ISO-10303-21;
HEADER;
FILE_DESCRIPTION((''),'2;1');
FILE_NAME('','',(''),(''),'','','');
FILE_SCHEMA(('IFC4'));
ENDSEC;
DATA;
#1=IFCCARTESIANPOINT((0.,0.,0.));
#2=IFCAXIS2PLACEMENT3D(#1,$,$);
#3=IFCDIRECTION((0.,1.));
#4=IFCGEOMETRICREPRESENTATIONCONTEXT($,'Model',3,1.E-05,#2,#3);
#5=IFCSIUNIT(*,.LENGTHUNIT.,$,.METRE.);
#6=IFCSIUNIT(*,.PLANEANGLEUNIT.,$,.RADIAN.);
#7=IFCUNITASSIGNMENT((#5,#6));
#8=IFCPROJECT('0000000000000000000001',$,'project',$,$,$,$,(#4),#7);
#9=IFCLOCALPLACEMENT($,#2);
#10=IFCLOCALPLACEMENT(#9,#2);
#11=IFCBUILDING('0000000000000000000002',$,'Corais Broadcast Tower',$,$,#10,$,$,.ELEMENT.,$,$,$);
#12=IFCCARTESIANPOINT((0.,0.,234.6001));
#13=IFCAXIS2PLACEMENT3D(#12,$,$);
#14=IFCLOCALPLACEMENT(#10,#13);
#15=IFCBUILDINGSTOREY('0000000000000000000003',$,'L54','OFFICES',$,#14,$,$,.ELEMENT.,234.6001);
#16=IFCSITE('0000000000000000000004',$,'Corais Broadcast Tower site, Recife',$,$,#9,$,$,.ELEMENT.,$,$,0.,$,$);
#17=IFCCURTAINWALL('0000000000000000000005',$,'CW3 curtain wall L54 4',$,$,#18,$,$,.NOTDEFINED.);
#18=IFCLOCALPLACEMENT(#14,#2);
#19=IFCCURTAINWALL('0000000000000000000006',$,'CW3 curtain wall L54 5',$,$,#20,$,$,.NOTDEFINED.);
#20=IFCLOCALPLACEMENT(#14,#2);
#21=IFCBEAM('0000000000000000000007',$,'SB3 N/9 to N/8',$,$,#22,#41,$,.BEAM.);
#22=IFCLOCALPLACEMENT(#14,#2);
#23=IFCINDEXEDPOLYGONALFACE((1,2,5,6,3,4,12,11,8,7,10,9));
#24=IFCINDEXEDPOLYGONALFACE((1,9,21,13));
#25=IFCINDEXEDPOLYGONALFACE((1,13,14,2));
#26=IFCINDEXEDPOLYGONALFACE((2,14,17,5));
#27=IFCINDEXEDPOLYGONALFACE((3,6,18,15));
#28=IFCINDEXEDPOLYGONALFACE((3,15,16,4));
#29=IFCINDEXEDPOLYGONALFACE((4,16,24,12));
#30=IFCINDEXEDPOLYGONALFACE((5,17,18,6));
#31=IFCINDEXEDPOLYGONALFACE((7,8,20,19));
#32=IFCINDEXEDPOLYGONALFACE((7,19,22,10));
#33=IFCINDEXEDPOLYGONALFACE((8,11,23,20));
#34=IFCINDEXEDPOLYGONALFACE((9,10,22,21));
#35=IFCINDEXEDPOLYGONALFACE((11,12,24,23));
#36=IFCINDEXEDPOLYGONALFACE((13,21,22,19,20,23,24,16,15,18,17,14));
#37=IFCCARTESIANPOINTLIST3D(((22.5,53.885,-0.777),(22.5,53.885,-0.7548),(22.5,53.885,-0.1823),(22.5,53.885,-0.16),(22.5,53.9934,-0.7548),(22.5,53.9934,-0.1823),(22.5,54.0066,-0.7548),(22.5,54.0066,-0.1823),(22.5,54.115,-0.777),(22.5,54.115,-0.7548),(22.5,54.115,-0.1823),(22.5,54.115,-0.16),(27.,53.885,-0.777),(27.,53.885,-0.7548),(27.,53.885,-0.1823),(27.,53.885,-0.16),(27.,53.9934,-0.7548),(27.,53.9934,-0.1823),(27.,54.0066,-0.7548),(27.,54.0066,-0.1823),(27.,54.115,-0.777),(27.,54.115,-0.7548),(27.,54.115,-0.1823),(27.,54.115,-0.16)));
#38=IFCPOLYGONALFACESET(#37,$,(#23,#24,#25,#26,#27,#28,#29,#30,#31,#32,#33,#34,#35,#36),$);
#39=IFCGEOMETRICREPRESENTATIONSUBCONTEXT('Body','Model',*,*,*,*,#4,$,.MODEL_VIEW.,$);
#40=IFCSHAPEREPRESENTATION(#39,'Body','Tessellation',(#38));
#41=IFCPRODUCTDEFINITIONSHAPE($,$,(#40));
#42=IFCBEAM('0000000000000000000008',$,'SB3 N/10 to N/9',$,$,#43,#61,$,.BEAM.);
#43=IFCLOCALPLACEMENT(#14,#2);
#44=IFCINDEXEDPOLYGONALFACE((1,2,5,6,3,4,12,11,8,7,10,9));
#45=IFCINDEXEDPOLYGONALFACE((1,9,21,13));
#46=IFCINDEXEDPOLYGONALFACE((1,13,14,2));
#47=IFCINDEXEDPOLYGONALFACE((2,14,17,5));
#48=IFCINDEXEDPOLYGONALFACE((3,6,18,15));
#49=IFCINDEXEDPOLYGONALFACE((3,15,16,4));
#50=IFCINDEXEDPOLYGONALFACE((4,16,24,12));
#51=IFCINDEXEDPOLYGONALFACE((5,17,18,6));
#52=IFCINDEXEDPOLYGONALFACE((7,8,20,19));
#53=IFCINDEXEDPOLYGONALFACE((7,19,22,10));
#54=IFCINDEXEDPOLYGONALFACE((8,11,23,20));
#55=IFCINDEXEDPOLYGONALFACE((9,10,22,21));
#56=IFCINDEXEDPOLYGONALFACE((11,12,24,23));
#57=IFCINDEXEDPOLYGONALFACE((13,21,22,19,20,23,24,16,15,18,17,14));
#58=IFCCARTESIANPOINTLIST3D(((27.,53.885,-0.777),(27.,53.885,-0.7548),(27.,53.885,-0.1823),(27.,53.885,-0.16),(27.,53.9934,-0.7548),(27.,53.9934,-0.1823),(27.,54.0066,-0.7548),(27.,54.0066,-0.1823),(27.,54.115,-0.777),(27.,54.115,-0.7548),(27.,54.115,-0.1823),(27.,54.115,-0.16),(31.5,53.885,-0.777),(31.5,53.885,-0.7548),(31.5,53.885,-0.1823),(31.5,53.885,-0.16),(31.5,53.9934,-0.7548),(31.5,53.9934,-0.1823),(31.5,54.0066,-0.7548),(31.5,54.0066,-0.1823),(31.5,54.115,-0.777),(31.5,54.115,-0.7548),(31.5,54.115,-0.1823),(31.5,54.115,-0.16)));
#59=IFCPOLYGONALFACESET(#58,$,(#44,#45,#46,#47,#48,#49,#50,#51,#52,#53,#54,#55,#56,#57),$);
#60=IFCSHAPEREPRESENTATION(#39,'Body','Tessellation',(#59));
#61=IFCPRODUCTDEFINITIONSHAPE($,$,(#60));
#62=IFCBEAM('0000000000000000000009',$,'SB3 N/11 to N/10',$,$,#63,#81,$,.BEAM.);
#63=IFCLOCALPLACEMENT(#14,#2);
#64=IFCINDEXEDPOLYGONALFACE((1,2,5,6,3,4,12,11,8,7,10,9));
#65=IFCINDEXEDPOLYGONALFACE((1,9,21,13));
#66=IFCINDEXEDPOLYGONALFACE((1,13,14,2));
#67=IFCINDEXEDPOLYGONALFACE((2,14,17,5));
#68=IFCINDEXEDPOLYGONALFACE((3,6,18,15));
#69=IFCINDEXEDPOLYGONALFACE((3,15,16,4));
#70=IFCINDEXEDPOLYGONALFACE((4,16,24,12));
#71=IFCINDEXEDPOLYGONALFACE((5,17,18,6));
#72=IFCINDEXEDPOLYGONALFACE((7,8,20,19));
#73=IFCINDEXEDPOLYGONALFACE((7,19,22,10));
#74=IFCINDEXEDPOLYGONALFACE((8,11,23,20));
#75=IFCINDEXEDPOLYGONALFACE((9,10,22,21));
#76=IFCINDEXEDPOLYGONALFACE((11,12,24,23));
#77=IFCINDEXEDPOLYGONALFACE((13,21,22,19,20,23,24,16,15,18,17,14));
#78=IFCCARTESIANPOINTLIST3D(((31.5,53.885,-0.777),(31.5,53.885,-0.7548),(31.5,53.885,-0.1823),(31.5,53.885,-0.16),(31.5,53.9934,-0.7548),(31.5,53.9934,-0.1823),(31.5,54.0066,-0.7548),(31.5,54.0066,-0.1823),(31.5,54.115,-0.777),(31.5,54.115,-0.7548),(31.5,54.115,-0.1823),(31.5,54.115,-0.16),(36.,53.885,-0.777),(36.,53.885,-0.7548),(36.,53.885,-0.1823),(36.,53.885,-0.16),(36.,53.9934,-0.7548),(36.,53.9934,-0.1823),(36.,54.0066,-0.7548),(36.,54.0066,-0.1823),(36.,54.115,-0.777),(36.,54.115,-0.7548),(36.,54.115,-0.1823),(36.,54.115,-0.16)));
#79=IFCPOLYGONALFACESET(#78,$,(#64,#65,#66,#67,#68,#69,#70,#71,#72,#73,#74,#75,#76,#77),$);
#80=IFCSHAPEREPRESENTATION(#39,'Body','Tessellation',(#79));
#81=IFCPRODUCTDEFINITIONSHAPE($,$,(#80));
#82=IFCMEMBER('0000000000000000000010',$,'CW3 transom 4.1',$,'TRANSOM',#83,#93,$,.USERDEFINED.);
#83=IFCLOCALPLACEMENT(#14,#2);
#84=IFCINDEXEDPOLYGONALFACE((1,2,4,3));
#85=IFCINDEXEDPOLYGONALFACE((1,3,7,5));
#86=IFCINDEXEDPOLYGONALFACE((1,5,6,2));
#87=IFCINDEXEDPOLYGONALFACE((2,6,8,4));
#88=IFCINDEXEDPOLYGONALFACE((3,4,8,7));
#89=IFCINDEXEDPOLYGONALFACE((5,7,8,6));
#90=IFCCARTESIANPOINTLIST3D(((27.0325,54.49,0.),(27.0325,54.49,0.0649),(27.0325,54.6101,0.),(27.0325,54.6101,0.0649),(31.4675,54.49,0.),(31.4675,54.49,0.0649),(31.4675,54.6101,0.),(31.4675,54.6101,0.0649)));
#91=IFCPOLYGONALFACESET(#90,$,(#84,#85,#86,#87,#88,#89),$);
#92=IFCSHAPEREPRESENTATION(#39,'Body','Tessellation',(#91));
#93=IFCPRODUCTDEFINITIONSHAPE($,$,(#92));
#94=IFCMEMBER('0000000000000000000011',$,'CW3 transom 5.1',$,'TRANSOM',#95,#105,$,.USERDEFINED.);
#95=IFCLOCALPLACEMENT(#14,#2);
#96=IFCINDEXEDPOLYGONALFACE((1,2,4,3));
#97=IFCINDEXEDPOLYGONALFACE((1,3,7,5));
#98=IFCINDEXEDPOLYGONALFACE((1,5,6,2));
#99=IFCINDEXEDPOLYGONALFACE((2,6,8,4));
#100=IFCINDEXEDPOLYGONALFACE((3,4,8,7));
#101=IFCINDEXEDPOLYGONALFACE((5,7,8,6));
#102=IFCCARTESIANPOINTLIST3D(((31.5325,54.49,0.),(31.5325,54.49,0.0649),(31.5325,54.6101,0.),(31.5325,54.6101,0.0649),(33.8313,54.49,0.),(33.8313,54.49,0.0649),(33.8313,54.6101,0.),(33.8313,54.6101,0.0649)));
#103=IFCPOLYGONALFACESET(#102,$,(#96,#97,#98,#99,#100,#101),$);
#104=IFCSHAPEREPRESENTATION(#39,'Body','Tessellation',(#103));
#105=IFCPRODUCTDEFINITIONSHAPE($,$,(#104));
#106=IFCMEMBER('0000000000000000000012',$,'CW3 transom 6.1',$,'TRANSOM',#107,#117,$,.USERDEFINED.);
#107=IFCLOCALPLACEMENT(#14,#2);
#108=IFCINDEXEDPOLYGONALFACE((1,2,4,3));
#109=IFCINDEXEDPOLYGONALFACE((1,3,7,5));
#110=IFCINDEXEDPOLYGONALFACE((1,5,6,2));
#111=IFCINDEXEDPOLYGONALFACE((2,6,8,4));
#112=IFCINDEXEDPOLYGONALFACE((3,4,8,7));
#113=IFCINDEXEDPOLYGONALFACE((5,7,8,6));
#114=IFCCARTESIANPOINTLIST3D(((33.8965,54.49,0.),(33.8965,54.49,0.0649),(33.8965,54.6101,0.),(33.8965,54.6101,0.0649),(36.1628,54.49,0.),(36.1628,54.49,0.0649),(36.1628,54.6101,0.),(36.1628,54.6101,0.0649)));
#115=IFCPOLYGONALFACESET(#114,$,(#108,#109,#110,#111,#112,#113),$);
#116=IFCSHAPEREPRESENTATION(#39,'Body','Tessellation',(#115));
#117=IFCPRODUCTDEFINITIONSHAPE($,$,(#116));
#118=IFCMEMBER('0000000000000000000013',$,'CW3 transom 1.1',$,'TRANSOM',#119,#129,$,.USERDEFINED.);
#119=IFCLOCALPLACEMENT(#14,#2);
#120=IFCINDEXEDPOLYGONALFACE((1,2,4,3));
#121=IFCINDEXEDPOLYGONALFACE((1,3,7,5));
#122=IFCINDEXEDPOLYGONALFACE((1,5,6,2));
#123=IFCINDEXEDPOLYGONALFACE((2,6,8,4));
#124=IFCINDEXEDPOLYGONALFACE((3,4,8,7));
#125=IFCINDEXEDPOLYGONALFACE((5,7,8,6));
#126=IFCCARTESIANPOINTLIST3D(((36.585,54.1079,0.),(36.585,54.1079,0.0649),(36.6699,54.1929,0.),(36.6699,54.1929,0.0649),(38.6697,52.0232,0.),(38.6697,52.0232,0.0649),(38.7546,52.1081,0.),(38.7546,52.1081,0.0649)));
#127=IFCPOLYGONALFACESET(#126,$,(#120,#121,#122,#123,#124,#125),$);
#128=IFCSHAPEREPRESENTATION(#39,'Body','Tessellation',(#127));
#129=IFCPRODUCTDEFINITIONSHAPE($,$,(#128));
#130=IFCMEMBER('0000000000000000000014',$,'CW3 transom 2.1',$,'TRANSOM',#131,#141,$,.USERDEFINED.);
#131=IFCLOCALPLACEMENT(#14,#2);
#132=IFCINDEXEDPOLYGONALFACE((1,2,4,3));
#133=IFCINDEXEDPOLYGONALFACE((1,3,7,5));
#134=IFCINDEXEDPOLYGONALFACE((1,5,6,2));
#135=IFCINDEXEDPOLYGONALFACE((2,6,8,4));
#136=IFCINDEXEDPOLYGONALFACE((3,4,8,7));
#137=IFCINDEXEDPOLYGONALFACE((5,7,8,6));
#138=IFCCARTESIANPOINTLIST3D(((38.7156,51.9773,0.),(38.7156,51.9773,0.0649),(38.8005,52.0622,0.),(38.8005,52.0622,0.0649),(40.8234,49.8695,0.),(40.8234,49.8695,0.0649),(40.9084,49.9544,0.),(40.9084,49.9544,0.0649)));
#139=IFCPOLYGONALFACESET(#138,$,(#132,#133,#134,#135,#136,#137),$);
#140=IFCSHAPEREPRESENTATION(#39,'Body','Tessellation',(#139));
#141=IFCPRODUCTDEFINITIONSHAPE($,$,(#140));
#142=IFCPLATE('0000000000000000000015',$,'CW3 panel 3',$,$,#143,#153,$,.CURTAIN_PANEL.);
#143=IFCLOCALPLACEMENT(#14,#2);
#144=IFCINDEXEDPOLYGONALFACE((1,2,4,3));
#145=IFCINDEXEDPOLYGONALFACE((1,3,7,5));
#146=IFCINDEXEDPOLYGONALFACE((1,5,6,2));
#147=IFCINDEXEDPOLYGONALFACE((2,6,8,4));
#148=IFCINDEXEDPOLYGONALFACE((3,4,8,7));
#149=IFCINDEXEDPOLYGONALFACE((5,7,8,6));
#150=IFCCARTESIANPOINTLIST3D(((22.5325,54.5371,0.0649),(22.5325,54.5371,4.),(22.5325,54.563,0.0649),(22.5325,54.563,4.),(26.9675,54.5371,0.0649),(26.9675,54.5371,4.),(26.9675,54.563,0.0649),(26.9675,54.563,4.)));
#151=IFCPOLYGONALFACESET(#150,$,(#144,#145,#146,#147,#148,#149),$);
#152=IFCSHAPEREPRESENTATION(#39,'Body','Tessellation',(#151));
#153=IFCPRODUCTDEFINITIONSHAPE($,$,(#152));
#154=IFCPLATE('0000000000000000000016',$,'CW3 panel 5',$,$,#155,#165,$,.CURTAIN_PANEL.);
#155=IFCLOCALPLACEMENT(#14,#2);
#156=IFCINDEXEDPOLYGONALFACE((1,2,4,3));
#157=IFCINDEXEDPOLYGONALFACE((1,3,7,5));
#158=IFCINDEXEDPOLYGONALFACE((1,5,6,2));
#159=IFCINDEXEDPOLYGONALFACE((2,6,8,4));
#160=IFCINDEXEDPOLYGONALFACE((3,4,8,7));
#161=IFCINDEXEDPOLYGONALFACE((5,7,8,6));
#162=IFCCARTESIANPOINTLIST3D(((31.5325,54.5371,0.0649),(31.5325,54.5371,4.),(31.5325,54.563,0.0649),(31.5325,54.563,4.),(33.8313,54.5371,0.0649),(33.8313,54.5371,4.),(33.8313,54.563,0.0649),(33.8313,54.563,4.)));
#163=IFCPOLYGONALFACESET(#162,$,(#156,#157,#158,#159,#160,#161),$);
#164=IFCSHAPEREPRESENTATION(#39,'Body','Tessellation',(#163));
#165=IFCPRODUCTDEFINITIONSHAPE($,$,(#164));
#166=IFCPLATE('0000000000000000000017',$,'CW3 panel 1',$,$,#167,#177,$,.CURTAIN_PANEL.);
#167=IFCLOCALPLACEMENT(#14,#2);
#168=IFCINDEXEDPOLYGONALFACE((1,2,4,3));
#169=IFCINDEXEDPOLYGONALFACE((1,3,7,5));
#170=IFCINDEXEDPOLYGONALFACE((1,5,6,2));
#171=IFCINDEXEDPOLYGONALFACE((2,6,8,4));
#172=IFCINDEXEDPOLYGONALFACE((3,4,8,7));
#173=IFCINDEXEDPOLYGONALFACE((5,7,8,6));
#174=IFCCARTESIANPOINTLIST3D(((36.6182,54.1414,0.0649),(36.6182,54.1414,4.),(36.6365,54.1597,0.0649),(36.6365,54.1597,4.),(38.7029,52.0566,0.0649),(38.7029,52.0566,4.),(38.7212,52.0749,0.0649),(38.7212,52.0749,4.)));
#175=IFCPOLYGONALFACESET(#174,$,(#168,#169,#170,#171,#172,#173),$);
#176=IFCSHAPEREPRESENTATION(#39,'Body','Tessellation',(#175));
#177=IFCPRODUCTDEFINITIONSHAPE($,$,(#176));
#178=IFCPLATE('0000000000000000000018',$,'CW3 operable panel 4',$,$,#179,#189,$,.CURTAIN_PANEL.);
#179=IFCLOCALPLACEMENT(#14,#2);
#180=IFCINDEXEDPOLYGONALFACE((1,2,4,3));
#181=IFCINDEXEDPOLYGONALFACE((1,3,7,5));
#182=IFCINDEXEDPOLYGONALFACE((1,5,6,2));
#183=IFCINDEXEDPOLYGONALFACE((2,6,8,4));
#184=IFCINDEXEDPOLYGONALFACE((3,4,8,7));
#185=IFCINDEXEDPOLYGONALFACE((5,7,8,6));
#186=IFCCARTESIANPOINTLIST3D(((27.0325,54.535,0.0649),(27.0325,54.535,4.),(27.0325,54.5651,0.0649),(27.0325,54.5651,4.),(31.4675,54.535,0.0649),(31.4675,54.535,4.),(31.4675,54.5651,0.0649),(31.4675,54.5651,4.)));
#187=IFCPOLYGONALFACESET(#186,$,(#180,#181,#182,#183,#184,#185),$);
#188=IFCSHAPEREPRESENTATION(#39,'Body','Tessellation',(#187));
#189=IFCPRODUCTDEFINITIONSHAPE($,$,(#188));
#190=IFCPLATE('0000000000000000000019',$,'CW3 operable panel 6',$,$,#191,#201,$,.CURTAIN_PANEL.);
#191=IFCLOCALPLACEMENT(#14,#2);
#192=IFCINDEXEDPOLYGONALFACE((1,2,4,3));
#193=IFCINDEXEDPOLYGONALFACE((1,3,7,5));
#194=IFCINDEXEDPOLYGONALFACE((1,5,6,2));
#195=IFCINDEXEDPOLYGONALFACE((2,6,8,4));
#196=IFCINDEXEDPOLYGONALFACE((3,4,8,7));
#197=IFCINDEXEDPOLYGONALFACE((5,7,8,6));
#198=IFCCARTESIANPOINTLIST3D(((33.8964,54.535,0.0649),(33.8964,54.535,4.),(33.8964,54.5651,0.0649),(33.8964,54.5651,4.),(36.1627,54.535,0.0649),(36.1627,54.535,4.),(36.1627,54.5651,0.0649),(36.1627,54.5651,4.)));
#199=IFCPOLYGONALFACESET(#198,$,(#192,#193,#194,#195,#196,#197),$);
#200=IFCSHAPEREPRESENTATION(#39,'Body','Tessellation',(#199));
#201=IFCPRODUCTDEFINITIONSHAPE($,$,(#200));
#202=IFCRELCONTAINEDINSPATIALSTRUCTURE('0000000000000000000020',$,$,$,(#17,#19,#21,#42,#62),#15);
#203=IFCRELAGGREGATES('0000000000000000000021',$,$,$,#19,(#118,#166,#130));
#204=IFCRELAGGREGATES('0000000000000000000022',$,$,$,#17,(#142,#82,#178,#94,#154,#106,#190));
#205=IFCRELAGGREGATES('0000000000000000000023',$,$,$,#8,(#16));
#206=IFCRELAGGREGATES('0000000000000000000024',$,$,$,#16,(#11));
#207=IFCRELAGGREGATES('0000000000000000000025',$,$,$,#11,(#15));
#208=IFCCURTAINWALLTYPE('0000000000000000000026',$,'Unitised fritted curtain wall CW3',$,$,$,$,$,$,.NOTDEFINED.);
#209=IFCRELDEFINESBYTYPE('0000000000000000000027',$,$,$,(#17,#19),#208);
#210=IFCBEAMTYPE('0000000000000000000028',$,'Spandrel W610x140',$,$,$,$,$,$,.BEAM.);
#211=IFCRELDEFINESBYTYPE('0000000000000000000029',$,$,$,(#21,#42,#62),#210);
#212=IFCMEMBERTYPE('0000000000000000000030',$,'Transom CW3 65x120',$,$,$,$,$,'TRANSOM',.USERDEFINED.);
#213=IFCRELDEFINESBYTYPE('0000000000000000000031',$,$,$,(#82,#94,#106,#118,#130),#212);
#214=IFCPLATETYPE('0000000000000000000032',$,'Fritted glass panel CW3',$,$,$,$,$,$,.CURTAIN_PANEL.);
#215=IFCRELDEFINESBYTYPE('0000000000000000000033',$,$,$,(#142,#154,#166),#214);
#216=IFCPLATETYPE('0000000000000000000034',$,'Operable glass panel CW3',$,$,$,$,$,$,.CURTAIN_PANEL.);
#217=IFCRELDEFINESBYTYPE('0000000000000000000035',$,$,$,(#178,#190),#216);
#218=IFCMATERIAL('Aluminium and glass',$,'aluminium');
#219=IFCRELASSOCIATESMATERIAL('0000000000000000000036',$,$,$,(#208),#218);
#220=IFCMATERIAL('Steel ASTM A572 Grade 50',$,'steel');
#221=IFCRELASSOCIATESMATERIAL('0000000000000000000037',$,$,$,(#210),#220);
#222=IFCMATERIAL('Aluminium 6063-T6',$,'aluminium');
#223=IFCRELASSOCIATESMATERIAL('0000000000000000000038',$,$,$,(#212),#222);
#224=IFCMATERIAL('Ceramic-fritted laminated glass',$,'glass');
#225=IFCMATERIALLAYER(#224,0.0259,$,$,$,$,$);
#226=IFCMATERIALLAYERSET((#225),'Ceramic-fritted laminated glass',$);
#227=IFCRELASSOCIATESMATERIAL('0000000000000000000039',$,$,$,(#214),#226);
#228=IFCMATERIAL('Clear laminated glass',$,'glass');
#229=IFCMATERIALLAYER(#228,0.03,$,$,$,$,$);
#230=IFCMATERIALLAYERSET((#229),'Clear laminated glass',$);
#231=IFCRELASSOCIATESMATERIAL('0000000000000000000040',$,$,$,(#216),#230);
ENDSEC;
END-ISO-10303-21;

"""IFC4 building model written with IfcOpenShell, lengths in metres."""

from ifc_helpers import new_model, si_unit, direction, frame, origin, origin_2d, place, context, subcontext, project, spatial, rectangle, i_section, extrude, material, layer, layer_set, material_profile, profile_set, type_object, element, aggregate, save


model = new_model("IFC4")

# Units and contexts
model_context = context("Model", 3, precision=1e-05, world=origin(), true_north=direction((0.0, 1.0)))
body_context = subcontext(model_context, "Body", "Model", "MODEL_VIEW")
ifc_project = project(units=[si_unit("LENGTHUNIT", "METRE"), si_unit("PLANEANGLEUNIT", "RADIAN")], contexts=[model_context])

# Site, building, storey
site_placement = place(None, origin())
site = spatial("IfcSite", under=ifc_project, at=site_placement, Name="Corais Broadcast Tower site, Recife", CompositionType="ELEMENT", RefElevation=0.0)
building_placement = place(site_placement, origin())
building = spatial("IfcBuilding", under=site, at=building_placement, Name="Corais Broadcast Tower", CompositionType="ELEMENT")
storey_placement = place(building_placement, frame((0.0, 0.0, 234.6001)))
storey = spatial("IfcBuildingStorey", under=building, at=storey_placement, Name="L54", Description="OFFICES", CompositionType="ELEMENT", Elevation=234.6001)

# Curtain walls
ifc_material_1 = material(Name="Aluminium and glass", Category="aluminium")
curtain_wall_type = type_object("IfcCurtainWallType", Name="Unitised fritted curtain wall CW3", PredefinedType="NOTDEFINED", material=ifc_material_1)
curtain_wall_1_placement = place(storey_placement, origin())
curtain_wall_1 = element("IfcCurtainWall", 1, at=curtain_wall_1_placement, inside=storey, type_object=curtain_wall_type, Name="CW3 curtain wall L54 4", PredefinedType="NOTDEFINED")
curtain_wall_2_placement = place(storey_placement, origin())
curtain_wall_2 = element("IfcCurtainWall", 2, at=curtain_wall_2_placement, inside=storey, type_object=curtain_wall_type, Name="CW3 curtain wall L54 5", PredefinedType="NOTDEFINED")

# Beams
ifc_material_2 = material(Name="Steel ASTM A572 Grade 50", Category="steel")
ifc_material_profile_1 = material_profile(ifc_material_2, i_section(OverallWidth=0.23, OverallDepth=0.6169, WebThickness=0.0132, FlangeThickness=0.0222, at=origin_2d()), Name="W610x140")
ifc_profile_set_1 = profile_set([ifc_material_profile_1], Name="Steel ASTM A572 Grade 50")
beam_type_1 = type_object("IfcBeamType", Name="Spandrel W610x140", PredefinedType="BEAM", material=ifc_profile_set_1)
for number, where, z_axis, x_axis, name in (
    (3, (27.0, 54.0, -0.4685), (-1.0, 0.0, 0.0), (0.0, -1.0, 0.0), "SB3 N/9 to N/8"),
    (4, (31.5, 54.0, -0.4685), (-1.0, 0.0, 0.0), (0.0, -1.0, 0.0), "SB3 N/10 to N/9"),
    (5, (36.0, 54.0, -0.4685), (-1.0, 0.0, 0.0), (0.0, -1.0, 0.0), "SB3 N/11 to N/10"),
):
    element("IfcBeam", number, at=place(storey_placement, frame(where, z_axis=z_axis, x_axis=x_axis)), inside=storey, type_object=beam_type_1, Name=name, PredefinedType="BEAM", context=body_context, shape_type="SweptSolid", body=[
        extrude(i_section(OverallWidth=0.23, OverallDepth=0.6169, WebThickness=0.0132, FlangeThickness=0.0222, at=origin_2d()), origin(), (0.0, 0.0, 1.0), 4.5),
    ])

# Members
ifc_material_3 = material(Name="Aluminium 6063-T6", Category="aluminium")
ifc_material_profile_2 = material_profile(ifc_material_3, rectangle(XDim=0.1201, YDim=0.0649, at=origin_2d()), Name="Transom CW3 65x120")
ifc_profile_set_2 = profile_set([ifc_material_profile_2], Name="Aluminium 6063-T6")
member_type_1 = type_object("IfcMemberType", Name="Transom CW3 65x120", ElementType="TRANSOM", PredefinedType="USERDEFINED", material=ifc_profile_set_2)
member_1_placement = place(storey_placement, frame((27.0325, 54.55, 0.0325), z_axis=(1.0, 0.0, 0.0), x_axis=(0.0, 1.0, 0.0)))
member_1 = element("IfcMember", 6, at=member_1_placement, type_object=member_type_1, Name="CW3 transom 4.1", ObjectType="TRANSOM", PredefinedType="USERDEFINED", context=body_context, shape_type="SweptSolid", body=[
    extrude(rectangle(XDim=0.1201, YDim=0.0649, at=origin_2d()), origin(), (0.0, 0.0, 1.0), 4.4351),
])
member_2_placement = place(storey_placement, frame((31.5325, 54.55, 0.0325), z_axis=(1.0, 0.0, 0.0), x_axis=(0.0, 1.0, 0.0)))
member_2 = element("IfcMember", 7, at=member_2_placement, type_object=member_type_1, Name="CW3 transom 5.1", ObjectType="TRANSOM", PredefinedType="USERDEFINED", context=body_context, shape_type="SweptSolid", body=[
    extrude(rectangle(XDim=0.1201, YDim=0.0649, at=origin_2d()), origin(), (0.0, 0.0, 1.0), 2.2988),
])
member_3_placement = place(storey_placement, frame((33.8965, 54.55, 0.0325), z_axis=(1.0, 0.0, 0.0), x_axis=(0.0, 1.0, 0.0)))
member_3 = element("IfcMember", 8, at=member_3_placement, type_object=member_type_1, Name="CW3 transom 6.1", ObjectType="TRANSOM", PredefinedType="USERDEFINED", context=body_context, shape_type="SweptSolid", body=[
    extrude(rectangle(XDim=0.1201, YDim=0.0649, at=origin_2d()), origin(), (0.0, 0.0, 1.0), 2.2664),
])
member_4_placement = place(storey_placement, frame((36.6274, 54.1504, 0.0325), z_axis=(0.707107, -0.707107, 0.0), x_axis=(0.707107, 0.707107, 0.0)))
member_4 = element("IfcMember", 9, at=member_4_placement, type_object=member_type_1, Name="CW3 transom 1.1", ObjectType="TRANSOM", PredefinedType="USERDEFINED", context=body_context, shape_type="SweptSolid", body=[
    extrude(rectangle(XDim=0.1201, YDim=0.0649, at=origin_2d()), origin(), (0.0, 0.0, 1.0), 2.9482),
])
member_5_placement = place(storey_placement, frame((38.7581, 52.0198, 0.0325), z_axis=(0.707107, -0.707107, 0.0), x_axis=(0.707107, 0.707107, 0.0)))
member_5 = element("IfcMember", 10, at=member_5_placement, type_object=member_type_1, Name="CW3 transom 2.1", ObjectType="TRANSOM", PredefinedType="USERDEFINED", context=body_context, shape_type="SweptSolid", body=[
    extrude(rectangle(XDim=0.1201, YDim=0.0649, at=origin_2d()), origin(), (0.0, 0.0, 1.0), 2.981),
])

# Plates
ifc_material_4 = material(Name="Ceramic-fritted laminated glass", Category="glass")
ifc_layer_1 = layer(ifc_material_4, 0.0259)
ifc_layer_set_1 = layer_set([ifc_layer_1], Name="Ceramic-fritted laminated glass")
plate_type_1 = type_object("IfcPlateType", Name="Fritted glass panel CW3", PredefinedType="CURTAIN_PANEL", material=ifc_layer_set_1)
plate_1_placement = place(storey_placement, frame((24.75, 54.55, 0.0649), z_axis=(0.0, 0.0, 1.0), x_axis=(1.0, 0.0, 0.0)))
plate_1 = element("IfcPlate", 11, at=plate_1_placement, type_object=plate_type_1, Name="CW3 panel 3", PredefinedType="CURTAIN_PANEL", context=body_context, shape_type="SweptSolid", body=[
    extrude(rectangle(XDim=4.4351, YDim=0.0259, at=origin_2d()), origin(), (0.0, 0.0, 1.0), 3.9351),
])
plate_2_placement = place(storey_placement, frame((32.6819, 54.55, 0.0649), z_axis=(0.0, 0.0, 1.0), x_axis=(1.0, 0.0, 0.0)))
plate_2 = element("IfcPlate", 12, at=plate_2_placement, type_object=plate_type_1, Name="CW3 panel 5", PredefinedType="CURTAIN_PANEL", context=body_context, shape_type="SweptSolid", body=[
    extrude(rectangle(XDim=2.2988, YDim=0.0259, at=origin_2d()), origin(), (0.0, 0.0, 1.0), 3.9351),
])
plate_3_placement = place(storey_placement, frame((37.6697, 53.1082, 0.0649), z_axis=(0.0, 0.0, 1.0), x_axis=(0.707107, -0.707107, 0.0)))
plate_3 = element("IfcPlate", 13, at=plate_3_placement, type_object=plate_type_1, Name="CW3 panel 1", PredefinedType="CURTAIN_PANEL", context=body_context, shape_type="SweptSolid", body=[
    extrude(rectangle(XDim=2.9482, YDim=0.0259, at=origin_2d()), origin(), (0.0, 0.0, 1.0), 3.9351),
])
aggregate(curtain_wall_2, [member_4, plate_3, member_5])
ifc_material_5 = material(Name="Clear laminated glass", Category="glass")
ifc_layer_2 = layer(ifc_material_5, 0.03)
ifc_layer_set_2 = layer_set([ifc_layer_2], Name="Clear laminated glass")
plate_type_2 = type_object("IfcPlateType", Name="Operable glass panel CW3", PredefinedType="CURTAIN_PANEL", material=ifc_layer_set_2)
plate_4_placement = place(storey_placement, frame((29.25, 54.55, 0.0649), z_axis=(0.0, 0.0, 1.0), x_axis=(1.0, 0.0, 0.0)))
plate_4 = element("IfcPlate", 14, at=plate_4_placement, type_object=plate_type_2, Name="CW3 operable panel 4", PredefinedType="CURTAIN_PANEL", context=body_context, shape_type="SweptSolid", body=[
    extrude(rectangle(XDim=4.4351, YDim=0.03, at=origin_2d()), origin(), (0.0, 0.0, 1.0), 3.9351),
])
plate_5_placement = place(storey_placement, frame((35.0295, 54.55, 0.0649), z_axis=(0.0, 0.0, 1.0), x_axis=(1.0, 0.0, 0.0)))
plate_5 = element("IfcPlate", 15, at=plate_5_placement, type_object=plate_type_2, Name="CW3 operable panel 6", PredefinedType="CURTAIN_PANEL", context=body_context, shape_type="SweptSolid", body=[
    extrude(rectangle(XDim=2.2664, YDim=0.03, at=origin_2d()), origin(), (0.0, 0.0, 1.0), 3.9351),
])
aggregate(curtain_wall_1, [plate_1, member_1, plate_4, member_2, plate_2, member_3, plate_5])

save(model, "model.ifc")
